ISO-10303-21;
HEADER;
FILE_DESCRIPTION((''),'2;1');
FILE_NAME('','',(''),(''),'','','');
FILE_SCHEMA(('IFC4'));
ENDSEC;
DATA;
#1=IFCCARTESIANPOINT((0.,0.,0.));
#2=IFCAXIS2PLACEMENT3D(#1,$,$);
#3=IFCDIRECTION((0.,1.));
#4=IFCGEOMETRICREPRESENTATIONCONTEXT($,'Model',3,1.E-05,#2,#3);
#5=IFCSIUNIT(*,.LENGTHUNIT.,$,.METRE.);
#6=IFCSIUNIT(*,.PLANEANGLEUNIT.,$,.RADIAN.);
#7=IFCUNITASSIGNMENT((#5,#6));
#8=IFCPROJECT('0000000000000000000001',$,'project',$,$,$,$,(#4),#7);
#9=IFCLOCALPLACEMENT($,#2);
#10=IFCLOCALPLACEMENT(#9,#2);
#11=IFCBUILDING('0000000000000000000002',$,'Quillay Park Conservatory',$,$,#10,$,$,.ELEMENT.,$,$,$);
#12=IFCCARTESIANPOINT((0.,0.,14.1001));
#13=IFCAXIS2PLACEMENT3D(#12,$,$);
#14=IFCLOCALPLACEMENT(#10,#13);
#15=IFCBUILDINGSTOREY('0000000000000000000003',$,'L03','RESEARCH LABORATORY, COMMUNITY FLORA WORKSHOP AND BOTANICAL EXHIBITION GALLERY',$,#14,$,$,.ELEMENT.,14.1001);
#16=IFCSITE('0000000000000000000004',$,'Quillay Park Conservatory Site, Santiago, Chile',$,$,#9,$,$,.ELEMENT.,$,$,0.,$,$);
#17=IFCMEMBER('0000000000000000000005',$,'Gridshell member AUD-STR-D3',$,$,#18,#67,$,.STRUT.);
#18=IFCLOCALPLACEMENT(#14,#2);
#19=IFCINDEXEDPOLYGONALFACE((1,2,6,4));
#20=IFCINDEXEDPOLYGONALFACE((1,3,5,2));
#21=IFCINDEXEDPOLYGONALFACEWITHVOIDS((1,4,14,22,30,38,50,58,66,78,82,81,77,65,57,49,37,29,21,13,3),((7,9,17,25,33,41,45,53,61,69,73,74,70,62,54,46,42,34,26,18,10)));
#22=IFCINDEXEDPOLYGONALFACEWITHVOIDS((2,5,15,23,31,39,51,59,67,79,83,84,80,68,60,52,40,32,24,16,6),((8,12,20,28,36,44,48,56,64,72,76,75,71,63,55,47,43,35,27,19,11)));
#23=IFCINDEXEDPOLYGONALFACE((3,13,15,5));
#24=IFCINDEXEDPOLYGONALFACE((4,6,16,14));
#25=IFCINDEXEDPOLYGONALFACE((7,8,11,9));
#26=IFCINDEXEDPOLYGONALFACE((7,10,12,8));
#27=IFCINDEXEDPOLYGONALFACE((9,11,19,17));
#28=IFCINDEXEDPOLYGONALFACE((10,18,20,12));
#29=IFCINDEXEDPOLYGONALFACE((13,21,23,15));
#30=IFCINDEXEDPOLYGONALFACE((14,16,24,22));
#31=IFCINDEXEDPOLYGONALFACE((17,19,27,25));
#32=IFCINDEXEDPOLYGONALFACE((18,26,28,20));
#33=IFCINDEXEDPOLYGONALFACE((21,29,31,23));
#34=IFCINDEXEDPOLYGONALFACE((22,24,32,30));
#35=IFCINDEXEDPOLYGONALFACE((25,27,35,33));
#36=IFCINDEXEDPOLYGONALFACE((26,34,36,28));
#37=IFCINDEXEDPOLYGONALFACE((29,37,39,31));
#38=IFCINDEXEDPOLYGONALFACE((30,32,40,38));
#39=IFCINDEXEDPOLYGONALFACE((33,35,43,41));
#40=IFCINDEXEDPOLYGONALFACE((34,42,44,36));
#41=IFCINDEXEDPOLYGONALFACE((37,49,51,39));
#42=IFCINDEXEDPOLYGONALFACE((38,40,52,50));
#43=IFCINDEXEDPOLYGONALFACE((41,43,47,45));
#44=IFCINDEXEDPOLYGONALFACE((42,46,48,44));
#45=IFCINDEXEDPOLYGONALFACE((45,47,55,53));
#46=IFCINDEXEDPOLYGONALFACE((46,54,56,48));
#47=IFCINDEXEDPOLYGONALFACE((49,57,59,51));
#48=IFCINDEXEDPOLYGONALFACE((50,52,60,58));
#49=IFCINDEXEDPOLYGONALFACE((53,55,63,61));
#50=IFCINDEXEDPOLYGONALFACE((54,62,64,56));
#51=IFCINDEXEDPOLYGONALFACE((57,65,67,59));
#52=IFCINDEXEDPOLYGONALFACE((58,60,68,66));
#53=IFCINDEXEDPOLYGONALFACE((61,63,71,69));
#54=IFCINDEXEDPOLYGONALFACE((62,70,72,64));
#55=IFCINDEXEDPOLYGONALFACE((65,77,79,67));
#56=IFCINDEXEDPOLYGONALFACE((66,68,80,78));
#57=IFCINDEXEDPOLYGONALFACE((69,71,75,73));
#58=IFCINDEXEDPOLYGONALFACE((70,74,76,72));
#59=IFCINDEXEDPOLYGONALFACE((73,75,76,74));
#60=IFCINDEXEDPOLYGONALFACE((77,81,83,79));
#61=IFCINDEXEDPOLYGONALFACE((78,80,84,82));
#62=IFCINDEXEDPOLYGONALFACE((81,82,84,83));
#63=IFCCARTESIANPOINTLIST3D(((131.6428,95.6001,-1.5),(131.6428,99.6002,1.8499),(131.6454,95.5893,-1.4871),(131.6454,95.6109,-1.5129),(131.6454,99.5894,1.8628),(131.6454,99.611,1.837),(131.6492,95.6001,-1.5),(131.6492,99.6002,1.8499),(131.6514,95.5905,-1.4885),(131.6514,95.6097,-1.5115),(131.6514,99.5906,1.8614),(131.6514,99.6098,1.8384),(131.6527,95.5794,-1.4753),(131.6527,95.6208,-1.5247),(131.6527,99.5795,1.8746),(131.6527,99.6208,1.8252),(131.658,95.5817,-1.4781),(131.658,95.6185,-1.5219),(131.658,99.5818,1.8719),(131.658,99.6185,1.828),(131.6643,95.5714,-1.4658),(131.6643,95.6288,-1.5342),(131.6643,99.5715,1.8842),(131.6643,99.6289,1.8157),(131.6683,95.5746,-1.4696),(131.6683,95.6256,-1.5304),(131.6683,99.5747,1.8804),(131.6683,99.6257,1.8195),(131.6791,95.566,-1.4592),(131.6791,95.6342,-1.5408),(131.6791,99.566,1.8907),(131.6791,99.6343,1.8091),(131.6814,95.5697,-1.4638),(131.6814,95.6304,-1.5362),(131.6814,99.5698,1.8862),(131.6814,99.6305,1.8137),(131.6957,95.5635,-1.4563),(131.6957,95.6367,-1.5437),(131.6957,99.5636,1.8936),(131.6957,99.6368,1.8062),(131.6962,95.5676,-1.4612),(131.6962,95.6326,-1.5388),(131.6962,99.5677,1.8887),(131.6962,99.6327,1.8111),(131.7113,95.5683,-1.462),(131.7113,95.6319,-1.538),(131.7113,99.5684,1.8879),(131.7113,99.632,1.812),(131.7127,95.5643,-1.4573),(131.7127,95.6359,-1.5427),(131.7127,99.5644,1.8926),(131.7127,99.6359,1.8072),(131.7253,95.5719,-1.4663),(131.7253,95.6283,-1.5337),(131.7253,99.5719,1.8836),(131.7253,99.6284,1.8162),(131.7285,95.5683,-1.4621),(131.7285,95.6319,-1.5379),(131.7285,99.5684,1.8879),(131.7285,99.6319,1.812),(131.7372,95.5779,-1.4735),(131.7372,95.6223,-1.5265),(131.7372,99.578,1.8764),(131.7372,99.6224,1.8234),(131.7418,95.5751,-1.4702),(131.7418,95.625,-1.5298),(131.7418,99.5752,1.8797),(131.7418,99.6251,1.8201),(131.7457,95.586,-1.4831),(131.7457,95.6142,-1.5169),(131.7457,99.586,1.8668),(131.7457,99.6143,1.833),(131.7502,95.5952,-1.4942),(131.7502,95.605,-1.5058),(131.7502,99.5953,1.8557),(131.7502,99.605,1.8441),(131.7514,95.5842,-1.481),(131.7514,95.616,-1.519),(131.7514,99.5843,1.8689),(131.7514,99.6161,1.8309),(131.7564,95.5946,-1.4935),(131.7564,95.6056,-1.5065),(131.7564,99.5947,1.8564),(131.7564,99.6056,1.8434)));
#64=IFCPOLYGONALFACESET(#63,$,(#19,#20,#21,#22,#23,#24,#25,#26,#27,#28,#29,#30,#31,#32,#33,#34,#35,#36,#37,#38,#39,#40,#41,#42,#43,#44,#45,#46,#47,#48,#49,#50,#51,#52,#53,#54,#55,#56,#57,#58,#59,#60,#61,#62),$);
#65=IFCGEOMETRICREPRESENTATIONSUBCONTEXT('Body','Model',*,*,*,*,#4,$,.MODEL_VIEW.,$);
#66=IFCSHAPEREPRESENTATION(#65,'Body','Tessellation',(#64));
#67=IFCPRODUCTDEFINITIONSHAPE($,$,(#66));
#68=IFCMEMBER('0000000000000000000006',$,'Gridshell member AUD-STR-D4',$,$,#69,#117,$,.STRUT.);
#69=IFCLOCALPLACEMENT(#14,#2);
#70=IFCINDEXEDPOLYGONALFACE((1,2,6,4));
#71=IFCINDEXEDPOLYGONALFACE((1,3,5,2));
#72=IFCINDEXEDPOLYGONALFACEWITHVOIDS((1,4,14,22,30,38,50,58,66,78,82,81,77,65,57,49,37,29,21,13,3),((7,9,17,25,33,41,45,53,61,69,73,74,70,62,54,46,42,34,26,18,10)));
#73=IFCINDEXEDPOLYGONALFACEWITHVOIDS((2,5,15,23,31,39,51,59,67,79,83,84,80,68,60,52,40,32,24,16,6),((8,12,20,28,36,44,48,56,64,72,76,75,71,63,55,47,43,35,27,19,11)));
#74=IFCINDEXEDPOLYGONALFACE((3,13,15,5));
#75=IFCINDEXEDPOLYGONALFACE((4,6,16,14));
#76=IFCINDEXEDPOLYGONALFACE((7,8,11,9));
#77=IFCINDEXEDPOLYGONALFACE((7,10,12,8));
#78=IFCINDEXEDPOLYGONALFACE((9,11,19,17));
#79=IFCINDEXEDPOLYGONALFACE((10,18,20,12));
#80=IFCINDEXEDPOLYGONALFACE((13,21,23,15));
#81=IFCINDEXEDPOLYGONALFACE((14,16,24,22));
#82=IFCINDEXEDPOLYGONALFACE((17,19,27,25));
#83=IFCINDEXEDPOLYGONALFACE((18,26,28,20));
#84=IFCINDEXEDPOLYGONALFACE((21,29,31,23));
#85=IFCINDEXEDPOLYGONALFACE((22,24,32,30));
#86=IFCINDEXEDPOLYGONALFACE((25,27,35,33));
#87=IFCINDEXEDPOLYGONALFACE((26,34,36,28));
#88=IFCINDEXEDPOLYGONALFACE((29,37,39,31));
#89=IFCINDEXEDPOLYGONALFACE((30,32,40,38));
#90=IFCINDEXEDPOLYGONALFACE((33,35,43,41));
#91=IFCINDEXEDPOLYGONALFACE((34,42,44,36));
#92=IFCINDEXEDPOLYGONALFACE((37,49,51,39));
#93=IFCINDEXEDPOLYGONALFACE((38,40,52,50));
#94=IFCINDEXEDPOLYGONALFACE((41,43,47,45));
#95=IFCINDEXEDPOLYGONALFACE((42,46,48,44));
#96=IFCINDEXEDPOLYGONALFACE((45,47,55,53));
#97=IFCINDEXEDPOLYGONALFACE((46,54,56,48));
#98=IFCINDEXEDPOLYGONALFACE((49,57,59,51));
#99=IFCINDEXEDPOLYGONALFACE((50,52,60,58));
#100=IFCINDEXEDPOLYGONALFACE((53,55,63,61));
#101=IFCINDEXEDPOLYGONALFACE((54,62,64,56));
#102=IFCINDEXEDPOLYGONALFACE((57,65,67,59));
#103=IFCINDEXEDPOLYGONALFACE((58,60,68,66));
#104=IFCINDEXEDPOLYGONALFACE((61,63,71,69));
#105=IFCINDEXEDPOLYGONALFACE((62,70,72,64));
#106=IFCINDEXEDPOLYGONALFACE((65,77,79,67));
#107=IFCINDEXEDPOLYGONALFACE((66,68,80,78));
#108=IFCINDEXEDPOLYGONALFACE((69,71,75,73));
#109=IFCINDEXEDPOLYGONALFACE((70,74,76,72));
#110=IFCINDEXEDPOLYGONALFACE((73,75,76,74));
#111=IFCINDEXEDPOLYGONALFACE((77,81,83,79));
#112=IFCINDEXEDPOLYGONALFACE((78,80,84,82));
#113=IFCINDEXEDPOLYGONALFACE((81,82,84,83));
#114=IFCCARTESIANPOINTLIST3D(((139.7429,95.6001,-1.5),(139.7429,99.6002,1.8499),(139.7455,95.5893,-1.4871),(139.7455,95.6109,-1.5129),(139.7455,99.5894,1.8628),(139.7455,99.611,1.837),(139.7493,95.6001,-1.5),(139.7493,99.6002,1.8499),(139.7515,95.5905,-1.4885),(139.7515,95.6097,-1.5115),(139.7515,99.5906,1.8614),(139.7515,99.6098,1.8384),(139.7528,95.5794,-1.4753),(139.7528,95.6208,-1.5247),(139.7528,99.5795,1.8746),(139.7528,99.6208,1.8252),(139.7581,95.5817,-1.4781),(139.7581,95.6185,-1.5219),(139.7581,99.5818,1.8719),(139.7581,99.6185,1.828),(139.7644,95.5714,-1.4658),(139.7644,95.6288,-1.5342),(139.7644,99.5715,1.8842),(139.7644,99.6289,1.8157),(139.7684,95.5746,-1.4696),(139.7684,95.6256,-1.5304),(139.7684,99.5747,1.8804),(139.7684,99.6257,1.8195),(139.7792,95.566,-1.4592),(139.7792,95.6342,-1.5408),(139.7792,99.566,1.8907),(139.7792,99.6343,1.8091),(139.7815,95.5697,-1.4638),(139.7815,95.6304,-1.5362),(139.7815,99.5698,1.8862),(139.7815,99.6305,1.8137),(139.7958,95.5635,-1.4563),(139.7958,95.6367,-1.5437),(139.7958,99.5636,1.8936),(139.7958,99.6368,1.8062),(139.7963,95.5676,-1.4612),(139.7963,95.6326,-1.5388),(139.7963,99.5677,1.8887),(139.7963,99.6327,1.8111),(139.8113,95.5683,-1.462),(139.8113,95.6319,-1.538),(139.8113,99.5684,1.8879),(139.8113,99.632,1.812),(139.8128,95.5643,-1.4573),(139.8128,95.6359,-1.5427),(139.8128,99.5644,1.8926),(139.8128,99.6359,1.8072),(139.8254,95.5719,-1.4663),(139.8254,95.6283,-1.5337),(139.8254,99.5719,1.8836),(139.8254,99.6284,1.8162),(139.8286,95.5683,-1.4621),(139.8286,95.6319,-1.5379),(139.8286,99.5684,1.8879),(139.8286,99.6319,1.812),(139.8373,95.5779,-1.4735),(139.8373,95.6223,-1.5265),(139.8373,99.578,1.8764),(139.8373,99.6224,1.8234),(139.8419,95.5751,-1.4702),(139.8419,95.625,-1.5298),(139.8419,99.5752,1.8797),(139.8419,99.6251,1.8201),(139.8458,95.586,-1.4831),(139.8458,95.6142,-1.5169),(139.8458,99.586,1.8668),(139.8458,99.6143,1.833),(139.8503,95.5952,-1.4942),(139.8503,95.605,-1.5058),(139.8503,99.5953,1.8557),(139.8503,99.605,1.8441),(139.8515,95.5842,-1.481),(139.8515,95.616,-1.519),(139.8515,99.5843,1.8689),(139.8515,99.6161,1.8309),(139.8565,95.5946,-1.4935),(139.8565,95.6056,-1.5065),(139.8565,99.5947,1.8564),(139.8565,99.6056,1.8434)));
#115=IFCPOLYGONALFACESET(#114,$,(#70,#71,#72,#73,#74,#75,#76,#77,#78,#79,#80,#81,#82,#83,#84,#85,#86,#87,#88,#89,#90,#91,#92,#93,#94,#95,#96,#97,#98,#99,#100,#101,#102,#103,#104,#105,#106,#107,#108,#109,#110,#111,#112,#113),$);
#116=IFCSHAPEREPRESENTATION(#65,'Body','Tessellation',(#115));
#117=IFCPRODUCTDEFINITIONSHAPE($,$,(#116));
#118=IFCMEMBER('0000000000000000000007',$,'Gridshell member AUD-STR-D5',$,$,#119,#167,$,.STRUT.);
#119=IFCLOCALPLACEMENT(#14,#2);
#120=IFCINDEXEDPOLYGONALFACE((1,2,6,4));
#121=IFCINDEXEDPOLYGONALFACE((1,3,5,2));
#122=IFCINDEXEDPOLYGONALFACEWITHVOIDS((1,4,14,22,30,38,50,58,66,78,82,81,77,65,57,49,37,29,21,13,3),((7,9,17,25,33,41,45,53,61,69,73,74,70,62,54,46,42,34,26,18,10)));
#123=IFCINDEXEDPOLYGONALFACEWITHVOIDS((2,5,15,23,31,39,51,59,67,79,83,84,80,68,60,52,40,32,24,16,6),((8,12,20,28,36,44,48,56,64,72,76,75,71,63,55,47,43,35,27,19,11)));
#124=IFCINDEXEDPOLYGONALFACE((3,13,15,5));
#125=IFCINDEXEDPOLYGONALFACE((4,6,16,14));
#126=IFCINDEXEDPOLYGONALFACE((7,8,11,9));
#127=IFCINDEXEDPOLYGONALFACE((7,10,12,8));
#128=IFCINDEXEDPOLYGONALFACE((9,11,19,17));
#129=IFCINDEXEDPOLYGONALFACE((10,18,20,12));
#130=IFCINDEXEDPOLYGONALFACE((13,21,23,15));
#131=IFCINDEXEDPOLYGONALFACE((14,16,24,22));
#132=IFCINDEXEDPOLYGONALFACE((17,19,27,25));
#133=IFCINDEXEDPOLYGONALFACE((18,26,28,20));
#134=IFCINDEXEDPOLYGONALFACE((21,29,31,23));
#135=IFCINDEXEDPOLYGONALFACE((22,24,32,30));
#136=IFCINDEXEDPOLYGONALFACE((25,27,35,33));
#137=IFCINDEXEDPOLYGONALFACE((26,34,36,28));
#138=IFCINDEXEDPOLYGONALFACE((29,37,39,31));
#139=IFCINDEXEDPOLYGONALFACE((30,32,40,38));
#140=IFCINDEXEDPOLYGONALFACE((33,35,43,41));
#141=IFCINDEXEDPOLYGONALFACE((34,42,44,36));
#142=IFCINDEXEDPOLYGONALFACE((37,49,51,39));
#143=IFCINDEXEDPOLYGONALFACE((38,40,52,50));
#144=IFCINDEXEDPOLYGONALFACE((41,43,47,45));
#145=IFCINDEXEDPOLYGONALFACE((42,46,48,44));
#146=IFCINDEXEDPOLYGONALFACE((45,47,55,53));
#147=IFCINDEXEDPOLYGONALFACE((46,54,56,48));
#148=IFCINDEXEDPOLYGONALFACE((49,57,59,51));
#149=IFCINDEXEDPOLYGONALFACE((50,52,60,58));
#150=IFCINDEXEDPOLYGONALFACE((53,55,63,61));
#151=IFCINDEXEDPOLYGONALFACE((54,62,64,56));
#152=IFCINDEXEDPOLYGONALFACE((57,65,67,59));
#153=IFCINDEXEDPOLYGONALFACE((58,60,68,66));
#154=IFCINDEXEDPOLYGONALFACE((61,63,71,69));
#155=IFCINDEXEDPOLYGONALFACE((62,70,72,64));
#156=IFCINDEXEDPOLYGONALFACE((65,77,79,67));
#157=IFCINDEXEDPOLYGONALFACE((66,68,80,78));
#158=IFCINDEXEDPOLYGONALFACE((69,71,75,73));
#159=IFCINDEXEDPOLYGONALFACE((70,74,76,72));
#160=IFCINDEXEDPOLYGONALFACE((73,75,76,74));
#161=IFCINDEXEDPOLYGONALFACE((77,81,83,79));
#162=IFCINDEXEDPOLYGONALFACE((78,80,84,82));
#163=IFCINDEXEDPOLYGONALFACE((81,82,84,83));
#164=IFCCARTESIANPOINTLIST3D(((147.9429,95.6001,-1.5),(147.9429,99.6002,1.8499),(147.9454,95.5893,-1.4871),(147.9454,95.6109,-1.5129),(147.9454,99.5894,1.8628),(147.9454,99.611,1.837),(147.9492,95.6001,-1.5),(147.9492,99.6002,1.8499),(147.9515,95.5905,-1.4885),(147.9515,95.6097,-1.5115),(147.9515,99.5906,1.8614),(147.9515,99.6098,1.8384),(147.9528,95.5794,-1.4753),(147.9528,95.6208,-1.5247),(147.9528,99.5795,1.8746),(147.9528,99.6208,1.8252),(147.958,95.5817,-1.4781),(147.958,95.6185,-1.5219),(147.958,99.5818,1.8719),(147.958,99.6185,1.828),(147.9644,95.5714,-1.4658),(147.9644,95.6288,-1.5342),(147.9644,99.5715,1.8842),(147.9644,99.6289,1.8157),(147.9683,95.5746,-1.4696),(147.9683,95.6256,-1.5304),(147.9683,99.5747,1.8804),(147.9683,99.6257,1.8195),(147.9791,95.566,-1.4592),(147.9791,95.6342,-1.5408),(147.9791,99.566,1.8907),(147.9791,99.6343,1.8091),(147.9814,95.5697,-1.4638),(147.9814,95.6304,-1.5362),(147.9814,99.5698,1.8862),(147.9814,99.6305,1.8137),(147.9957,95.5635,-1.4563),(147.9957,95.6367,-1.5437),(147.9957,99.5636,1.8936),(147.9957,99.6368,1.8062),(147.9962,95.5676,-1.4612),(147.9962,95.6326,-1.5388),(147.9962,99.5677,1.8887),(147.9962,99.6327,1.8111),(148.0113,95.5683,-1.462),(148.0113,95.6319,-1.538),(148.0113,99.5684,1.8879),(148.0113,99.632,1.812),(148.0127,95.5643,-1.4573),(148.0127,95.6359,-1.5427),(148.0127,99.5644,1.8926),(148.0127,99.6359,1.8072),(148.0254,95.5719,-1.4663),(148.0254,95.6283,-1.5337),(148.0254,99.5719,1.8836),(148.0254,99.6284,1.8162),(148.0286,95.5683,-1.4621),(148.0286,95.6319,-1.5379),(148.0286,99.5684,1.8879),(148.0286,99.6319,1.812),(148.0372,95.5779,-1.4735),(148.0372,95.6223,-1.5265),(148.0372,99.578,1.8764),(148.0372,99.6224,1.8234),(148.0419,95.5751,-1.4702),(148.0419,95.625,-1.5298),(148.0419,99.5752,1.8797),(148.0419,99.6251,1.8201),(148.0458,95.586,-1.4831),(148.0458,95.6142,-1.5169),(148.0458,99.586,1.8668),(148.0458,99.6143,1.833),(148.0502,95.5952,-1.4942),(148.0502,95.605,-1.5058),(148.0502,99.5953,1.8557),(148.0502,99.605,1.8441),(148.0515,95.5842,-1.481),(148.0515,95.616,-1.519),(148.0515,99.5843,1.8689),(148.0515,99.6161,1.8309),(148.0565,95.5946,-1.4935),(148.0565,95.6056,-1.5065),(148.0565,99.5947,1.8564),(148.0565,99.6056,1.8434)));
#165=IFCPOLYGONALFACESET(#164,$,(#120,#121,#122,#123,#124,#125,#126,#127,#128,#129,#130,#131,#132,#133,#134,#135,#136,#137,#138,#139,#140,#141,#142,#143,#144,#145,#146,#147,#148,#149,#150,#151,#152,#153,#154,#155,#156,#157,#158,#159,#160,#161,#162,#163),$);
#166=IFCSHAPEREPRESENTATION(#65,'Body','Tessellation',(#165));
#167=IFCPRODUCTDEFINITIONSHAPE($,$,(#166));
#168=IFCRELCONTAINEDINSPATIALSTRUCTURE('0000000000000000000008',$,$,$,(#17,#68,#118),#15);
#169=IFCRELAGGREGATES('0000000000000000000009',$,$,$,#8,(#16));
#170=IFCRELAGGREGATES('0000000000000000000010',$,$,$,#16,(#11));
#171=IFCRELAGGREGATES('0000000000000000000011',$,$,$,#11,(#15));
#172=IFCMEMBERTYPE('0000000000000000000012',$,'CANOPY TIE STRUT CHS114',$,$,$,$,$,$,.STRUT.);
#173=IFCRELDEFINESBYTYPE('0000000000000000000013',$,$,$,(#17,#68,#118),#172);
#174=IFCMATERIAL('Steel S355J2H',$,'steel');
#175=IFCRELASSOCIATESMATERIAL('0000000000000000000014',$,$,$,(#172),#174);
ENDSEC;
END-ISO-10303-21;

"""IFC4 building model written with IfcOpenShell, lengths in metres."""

from ifc_helpers import new_model, si_unit, direction, frame, origin, origin_2d, place, context, subcontext, project, spatial, hollow_circle, extrude, material, material_profile, profile_set, type_object, element, save


model = new_model("IFC4")

# Units and contexts
model_context = context("Model", 3, precision=1e-05, world=origin(), true_north=direction((0.0, 1.0)))
body_context = subcontext(model_context, "Body", "Model", "MODEL_VIEW")
ifc_project = project(units=[si_unit("LENGTHUNIT", "METRE"), si_unit("PLANEANGLEUNIT", "RADIAN")], contexts=[model_context])

# Site, building, storey
site_placement = place(None, origin())
site = spatial("IfcSite", under=ifc_project, at=site_placement, Name="Quillay Park Conservatory Site, Santiago, Chile", CompositionType="ELEMENT", RefElevation=0.0)
building_placement = place(site_placement, origin())
building = spatial("IfcBuilding", under=site, at=building_placement, Name="Quillay Park Conservatory", CompositionType="ELEMENT")
storey_placement = place(building_placement, frame((0.0, 0.0, 14.1001)))
storey = spatial("IfcBuildingStorey", under=building, at=storey_placement, Name="L03", Description="RESEARCH LABORATORY, COMMUNITY FLORA WORKSHOP AND BOTANICAL EXHIBITION GALLERY", CompositionType="ELEMENT", Elevation=14.1001)

# Members
ifc_material_1 = material(Name="Steel S355J2H", Category="steel")
ifc_material_profile_1 = material_profile(ifc_material_1, hollow_circle(Radius=0.0571, WallThickness=0.0063, at=origin_2d()), Name="CHS114.3x6.3")
ifc_profile_set_1 = profile_set([ifc_material_profile_1], Name="Steel S355J2H")
member_type_1 = type_object("IfcMemberType", Name="CANOPY TIE STRUT CHS114", PredefinedType="STRUT", material=ifc_profile_set_1)
for number, where, z_axis, x_axis, name in (
    (1, (131.7, 95.6001, -1.5), (0.0, 0.766662, 0.642051), (-1.0, 0.0, 0.0), "Gridshell member AUD-STR-D3"),
    (2, (139.8, 95.6001, -1.5), (0.0, 0.766662, 0.642051), (-1.0, 0.0, 0.0), "Gridshell member AUD-STR-D4"),
    (3, (148.0, 95.6001, -1.5), (0.0, 0.766662, 0.642051), (-1.0, 0.0, 0.0), "Gridshell member AUD-STR-D5"),
):
    element("IfcMember", number, at=place(storey_placement, frame(where, z_axis=z_axis, x_axis=x_axis)), inside=storey, type_object=member_type_1, Name=name, PredefinedType="STRUT", context=body_context, shape_type="SweptSolid", body=[
        extrude(hollow_circle(Radius=0.0571, WallThickness=0.0063, at=origin_2d()), origin(), (0.0, 0.0, 1.0), 5.2175),
    ])

save(model, "model.ifc")
